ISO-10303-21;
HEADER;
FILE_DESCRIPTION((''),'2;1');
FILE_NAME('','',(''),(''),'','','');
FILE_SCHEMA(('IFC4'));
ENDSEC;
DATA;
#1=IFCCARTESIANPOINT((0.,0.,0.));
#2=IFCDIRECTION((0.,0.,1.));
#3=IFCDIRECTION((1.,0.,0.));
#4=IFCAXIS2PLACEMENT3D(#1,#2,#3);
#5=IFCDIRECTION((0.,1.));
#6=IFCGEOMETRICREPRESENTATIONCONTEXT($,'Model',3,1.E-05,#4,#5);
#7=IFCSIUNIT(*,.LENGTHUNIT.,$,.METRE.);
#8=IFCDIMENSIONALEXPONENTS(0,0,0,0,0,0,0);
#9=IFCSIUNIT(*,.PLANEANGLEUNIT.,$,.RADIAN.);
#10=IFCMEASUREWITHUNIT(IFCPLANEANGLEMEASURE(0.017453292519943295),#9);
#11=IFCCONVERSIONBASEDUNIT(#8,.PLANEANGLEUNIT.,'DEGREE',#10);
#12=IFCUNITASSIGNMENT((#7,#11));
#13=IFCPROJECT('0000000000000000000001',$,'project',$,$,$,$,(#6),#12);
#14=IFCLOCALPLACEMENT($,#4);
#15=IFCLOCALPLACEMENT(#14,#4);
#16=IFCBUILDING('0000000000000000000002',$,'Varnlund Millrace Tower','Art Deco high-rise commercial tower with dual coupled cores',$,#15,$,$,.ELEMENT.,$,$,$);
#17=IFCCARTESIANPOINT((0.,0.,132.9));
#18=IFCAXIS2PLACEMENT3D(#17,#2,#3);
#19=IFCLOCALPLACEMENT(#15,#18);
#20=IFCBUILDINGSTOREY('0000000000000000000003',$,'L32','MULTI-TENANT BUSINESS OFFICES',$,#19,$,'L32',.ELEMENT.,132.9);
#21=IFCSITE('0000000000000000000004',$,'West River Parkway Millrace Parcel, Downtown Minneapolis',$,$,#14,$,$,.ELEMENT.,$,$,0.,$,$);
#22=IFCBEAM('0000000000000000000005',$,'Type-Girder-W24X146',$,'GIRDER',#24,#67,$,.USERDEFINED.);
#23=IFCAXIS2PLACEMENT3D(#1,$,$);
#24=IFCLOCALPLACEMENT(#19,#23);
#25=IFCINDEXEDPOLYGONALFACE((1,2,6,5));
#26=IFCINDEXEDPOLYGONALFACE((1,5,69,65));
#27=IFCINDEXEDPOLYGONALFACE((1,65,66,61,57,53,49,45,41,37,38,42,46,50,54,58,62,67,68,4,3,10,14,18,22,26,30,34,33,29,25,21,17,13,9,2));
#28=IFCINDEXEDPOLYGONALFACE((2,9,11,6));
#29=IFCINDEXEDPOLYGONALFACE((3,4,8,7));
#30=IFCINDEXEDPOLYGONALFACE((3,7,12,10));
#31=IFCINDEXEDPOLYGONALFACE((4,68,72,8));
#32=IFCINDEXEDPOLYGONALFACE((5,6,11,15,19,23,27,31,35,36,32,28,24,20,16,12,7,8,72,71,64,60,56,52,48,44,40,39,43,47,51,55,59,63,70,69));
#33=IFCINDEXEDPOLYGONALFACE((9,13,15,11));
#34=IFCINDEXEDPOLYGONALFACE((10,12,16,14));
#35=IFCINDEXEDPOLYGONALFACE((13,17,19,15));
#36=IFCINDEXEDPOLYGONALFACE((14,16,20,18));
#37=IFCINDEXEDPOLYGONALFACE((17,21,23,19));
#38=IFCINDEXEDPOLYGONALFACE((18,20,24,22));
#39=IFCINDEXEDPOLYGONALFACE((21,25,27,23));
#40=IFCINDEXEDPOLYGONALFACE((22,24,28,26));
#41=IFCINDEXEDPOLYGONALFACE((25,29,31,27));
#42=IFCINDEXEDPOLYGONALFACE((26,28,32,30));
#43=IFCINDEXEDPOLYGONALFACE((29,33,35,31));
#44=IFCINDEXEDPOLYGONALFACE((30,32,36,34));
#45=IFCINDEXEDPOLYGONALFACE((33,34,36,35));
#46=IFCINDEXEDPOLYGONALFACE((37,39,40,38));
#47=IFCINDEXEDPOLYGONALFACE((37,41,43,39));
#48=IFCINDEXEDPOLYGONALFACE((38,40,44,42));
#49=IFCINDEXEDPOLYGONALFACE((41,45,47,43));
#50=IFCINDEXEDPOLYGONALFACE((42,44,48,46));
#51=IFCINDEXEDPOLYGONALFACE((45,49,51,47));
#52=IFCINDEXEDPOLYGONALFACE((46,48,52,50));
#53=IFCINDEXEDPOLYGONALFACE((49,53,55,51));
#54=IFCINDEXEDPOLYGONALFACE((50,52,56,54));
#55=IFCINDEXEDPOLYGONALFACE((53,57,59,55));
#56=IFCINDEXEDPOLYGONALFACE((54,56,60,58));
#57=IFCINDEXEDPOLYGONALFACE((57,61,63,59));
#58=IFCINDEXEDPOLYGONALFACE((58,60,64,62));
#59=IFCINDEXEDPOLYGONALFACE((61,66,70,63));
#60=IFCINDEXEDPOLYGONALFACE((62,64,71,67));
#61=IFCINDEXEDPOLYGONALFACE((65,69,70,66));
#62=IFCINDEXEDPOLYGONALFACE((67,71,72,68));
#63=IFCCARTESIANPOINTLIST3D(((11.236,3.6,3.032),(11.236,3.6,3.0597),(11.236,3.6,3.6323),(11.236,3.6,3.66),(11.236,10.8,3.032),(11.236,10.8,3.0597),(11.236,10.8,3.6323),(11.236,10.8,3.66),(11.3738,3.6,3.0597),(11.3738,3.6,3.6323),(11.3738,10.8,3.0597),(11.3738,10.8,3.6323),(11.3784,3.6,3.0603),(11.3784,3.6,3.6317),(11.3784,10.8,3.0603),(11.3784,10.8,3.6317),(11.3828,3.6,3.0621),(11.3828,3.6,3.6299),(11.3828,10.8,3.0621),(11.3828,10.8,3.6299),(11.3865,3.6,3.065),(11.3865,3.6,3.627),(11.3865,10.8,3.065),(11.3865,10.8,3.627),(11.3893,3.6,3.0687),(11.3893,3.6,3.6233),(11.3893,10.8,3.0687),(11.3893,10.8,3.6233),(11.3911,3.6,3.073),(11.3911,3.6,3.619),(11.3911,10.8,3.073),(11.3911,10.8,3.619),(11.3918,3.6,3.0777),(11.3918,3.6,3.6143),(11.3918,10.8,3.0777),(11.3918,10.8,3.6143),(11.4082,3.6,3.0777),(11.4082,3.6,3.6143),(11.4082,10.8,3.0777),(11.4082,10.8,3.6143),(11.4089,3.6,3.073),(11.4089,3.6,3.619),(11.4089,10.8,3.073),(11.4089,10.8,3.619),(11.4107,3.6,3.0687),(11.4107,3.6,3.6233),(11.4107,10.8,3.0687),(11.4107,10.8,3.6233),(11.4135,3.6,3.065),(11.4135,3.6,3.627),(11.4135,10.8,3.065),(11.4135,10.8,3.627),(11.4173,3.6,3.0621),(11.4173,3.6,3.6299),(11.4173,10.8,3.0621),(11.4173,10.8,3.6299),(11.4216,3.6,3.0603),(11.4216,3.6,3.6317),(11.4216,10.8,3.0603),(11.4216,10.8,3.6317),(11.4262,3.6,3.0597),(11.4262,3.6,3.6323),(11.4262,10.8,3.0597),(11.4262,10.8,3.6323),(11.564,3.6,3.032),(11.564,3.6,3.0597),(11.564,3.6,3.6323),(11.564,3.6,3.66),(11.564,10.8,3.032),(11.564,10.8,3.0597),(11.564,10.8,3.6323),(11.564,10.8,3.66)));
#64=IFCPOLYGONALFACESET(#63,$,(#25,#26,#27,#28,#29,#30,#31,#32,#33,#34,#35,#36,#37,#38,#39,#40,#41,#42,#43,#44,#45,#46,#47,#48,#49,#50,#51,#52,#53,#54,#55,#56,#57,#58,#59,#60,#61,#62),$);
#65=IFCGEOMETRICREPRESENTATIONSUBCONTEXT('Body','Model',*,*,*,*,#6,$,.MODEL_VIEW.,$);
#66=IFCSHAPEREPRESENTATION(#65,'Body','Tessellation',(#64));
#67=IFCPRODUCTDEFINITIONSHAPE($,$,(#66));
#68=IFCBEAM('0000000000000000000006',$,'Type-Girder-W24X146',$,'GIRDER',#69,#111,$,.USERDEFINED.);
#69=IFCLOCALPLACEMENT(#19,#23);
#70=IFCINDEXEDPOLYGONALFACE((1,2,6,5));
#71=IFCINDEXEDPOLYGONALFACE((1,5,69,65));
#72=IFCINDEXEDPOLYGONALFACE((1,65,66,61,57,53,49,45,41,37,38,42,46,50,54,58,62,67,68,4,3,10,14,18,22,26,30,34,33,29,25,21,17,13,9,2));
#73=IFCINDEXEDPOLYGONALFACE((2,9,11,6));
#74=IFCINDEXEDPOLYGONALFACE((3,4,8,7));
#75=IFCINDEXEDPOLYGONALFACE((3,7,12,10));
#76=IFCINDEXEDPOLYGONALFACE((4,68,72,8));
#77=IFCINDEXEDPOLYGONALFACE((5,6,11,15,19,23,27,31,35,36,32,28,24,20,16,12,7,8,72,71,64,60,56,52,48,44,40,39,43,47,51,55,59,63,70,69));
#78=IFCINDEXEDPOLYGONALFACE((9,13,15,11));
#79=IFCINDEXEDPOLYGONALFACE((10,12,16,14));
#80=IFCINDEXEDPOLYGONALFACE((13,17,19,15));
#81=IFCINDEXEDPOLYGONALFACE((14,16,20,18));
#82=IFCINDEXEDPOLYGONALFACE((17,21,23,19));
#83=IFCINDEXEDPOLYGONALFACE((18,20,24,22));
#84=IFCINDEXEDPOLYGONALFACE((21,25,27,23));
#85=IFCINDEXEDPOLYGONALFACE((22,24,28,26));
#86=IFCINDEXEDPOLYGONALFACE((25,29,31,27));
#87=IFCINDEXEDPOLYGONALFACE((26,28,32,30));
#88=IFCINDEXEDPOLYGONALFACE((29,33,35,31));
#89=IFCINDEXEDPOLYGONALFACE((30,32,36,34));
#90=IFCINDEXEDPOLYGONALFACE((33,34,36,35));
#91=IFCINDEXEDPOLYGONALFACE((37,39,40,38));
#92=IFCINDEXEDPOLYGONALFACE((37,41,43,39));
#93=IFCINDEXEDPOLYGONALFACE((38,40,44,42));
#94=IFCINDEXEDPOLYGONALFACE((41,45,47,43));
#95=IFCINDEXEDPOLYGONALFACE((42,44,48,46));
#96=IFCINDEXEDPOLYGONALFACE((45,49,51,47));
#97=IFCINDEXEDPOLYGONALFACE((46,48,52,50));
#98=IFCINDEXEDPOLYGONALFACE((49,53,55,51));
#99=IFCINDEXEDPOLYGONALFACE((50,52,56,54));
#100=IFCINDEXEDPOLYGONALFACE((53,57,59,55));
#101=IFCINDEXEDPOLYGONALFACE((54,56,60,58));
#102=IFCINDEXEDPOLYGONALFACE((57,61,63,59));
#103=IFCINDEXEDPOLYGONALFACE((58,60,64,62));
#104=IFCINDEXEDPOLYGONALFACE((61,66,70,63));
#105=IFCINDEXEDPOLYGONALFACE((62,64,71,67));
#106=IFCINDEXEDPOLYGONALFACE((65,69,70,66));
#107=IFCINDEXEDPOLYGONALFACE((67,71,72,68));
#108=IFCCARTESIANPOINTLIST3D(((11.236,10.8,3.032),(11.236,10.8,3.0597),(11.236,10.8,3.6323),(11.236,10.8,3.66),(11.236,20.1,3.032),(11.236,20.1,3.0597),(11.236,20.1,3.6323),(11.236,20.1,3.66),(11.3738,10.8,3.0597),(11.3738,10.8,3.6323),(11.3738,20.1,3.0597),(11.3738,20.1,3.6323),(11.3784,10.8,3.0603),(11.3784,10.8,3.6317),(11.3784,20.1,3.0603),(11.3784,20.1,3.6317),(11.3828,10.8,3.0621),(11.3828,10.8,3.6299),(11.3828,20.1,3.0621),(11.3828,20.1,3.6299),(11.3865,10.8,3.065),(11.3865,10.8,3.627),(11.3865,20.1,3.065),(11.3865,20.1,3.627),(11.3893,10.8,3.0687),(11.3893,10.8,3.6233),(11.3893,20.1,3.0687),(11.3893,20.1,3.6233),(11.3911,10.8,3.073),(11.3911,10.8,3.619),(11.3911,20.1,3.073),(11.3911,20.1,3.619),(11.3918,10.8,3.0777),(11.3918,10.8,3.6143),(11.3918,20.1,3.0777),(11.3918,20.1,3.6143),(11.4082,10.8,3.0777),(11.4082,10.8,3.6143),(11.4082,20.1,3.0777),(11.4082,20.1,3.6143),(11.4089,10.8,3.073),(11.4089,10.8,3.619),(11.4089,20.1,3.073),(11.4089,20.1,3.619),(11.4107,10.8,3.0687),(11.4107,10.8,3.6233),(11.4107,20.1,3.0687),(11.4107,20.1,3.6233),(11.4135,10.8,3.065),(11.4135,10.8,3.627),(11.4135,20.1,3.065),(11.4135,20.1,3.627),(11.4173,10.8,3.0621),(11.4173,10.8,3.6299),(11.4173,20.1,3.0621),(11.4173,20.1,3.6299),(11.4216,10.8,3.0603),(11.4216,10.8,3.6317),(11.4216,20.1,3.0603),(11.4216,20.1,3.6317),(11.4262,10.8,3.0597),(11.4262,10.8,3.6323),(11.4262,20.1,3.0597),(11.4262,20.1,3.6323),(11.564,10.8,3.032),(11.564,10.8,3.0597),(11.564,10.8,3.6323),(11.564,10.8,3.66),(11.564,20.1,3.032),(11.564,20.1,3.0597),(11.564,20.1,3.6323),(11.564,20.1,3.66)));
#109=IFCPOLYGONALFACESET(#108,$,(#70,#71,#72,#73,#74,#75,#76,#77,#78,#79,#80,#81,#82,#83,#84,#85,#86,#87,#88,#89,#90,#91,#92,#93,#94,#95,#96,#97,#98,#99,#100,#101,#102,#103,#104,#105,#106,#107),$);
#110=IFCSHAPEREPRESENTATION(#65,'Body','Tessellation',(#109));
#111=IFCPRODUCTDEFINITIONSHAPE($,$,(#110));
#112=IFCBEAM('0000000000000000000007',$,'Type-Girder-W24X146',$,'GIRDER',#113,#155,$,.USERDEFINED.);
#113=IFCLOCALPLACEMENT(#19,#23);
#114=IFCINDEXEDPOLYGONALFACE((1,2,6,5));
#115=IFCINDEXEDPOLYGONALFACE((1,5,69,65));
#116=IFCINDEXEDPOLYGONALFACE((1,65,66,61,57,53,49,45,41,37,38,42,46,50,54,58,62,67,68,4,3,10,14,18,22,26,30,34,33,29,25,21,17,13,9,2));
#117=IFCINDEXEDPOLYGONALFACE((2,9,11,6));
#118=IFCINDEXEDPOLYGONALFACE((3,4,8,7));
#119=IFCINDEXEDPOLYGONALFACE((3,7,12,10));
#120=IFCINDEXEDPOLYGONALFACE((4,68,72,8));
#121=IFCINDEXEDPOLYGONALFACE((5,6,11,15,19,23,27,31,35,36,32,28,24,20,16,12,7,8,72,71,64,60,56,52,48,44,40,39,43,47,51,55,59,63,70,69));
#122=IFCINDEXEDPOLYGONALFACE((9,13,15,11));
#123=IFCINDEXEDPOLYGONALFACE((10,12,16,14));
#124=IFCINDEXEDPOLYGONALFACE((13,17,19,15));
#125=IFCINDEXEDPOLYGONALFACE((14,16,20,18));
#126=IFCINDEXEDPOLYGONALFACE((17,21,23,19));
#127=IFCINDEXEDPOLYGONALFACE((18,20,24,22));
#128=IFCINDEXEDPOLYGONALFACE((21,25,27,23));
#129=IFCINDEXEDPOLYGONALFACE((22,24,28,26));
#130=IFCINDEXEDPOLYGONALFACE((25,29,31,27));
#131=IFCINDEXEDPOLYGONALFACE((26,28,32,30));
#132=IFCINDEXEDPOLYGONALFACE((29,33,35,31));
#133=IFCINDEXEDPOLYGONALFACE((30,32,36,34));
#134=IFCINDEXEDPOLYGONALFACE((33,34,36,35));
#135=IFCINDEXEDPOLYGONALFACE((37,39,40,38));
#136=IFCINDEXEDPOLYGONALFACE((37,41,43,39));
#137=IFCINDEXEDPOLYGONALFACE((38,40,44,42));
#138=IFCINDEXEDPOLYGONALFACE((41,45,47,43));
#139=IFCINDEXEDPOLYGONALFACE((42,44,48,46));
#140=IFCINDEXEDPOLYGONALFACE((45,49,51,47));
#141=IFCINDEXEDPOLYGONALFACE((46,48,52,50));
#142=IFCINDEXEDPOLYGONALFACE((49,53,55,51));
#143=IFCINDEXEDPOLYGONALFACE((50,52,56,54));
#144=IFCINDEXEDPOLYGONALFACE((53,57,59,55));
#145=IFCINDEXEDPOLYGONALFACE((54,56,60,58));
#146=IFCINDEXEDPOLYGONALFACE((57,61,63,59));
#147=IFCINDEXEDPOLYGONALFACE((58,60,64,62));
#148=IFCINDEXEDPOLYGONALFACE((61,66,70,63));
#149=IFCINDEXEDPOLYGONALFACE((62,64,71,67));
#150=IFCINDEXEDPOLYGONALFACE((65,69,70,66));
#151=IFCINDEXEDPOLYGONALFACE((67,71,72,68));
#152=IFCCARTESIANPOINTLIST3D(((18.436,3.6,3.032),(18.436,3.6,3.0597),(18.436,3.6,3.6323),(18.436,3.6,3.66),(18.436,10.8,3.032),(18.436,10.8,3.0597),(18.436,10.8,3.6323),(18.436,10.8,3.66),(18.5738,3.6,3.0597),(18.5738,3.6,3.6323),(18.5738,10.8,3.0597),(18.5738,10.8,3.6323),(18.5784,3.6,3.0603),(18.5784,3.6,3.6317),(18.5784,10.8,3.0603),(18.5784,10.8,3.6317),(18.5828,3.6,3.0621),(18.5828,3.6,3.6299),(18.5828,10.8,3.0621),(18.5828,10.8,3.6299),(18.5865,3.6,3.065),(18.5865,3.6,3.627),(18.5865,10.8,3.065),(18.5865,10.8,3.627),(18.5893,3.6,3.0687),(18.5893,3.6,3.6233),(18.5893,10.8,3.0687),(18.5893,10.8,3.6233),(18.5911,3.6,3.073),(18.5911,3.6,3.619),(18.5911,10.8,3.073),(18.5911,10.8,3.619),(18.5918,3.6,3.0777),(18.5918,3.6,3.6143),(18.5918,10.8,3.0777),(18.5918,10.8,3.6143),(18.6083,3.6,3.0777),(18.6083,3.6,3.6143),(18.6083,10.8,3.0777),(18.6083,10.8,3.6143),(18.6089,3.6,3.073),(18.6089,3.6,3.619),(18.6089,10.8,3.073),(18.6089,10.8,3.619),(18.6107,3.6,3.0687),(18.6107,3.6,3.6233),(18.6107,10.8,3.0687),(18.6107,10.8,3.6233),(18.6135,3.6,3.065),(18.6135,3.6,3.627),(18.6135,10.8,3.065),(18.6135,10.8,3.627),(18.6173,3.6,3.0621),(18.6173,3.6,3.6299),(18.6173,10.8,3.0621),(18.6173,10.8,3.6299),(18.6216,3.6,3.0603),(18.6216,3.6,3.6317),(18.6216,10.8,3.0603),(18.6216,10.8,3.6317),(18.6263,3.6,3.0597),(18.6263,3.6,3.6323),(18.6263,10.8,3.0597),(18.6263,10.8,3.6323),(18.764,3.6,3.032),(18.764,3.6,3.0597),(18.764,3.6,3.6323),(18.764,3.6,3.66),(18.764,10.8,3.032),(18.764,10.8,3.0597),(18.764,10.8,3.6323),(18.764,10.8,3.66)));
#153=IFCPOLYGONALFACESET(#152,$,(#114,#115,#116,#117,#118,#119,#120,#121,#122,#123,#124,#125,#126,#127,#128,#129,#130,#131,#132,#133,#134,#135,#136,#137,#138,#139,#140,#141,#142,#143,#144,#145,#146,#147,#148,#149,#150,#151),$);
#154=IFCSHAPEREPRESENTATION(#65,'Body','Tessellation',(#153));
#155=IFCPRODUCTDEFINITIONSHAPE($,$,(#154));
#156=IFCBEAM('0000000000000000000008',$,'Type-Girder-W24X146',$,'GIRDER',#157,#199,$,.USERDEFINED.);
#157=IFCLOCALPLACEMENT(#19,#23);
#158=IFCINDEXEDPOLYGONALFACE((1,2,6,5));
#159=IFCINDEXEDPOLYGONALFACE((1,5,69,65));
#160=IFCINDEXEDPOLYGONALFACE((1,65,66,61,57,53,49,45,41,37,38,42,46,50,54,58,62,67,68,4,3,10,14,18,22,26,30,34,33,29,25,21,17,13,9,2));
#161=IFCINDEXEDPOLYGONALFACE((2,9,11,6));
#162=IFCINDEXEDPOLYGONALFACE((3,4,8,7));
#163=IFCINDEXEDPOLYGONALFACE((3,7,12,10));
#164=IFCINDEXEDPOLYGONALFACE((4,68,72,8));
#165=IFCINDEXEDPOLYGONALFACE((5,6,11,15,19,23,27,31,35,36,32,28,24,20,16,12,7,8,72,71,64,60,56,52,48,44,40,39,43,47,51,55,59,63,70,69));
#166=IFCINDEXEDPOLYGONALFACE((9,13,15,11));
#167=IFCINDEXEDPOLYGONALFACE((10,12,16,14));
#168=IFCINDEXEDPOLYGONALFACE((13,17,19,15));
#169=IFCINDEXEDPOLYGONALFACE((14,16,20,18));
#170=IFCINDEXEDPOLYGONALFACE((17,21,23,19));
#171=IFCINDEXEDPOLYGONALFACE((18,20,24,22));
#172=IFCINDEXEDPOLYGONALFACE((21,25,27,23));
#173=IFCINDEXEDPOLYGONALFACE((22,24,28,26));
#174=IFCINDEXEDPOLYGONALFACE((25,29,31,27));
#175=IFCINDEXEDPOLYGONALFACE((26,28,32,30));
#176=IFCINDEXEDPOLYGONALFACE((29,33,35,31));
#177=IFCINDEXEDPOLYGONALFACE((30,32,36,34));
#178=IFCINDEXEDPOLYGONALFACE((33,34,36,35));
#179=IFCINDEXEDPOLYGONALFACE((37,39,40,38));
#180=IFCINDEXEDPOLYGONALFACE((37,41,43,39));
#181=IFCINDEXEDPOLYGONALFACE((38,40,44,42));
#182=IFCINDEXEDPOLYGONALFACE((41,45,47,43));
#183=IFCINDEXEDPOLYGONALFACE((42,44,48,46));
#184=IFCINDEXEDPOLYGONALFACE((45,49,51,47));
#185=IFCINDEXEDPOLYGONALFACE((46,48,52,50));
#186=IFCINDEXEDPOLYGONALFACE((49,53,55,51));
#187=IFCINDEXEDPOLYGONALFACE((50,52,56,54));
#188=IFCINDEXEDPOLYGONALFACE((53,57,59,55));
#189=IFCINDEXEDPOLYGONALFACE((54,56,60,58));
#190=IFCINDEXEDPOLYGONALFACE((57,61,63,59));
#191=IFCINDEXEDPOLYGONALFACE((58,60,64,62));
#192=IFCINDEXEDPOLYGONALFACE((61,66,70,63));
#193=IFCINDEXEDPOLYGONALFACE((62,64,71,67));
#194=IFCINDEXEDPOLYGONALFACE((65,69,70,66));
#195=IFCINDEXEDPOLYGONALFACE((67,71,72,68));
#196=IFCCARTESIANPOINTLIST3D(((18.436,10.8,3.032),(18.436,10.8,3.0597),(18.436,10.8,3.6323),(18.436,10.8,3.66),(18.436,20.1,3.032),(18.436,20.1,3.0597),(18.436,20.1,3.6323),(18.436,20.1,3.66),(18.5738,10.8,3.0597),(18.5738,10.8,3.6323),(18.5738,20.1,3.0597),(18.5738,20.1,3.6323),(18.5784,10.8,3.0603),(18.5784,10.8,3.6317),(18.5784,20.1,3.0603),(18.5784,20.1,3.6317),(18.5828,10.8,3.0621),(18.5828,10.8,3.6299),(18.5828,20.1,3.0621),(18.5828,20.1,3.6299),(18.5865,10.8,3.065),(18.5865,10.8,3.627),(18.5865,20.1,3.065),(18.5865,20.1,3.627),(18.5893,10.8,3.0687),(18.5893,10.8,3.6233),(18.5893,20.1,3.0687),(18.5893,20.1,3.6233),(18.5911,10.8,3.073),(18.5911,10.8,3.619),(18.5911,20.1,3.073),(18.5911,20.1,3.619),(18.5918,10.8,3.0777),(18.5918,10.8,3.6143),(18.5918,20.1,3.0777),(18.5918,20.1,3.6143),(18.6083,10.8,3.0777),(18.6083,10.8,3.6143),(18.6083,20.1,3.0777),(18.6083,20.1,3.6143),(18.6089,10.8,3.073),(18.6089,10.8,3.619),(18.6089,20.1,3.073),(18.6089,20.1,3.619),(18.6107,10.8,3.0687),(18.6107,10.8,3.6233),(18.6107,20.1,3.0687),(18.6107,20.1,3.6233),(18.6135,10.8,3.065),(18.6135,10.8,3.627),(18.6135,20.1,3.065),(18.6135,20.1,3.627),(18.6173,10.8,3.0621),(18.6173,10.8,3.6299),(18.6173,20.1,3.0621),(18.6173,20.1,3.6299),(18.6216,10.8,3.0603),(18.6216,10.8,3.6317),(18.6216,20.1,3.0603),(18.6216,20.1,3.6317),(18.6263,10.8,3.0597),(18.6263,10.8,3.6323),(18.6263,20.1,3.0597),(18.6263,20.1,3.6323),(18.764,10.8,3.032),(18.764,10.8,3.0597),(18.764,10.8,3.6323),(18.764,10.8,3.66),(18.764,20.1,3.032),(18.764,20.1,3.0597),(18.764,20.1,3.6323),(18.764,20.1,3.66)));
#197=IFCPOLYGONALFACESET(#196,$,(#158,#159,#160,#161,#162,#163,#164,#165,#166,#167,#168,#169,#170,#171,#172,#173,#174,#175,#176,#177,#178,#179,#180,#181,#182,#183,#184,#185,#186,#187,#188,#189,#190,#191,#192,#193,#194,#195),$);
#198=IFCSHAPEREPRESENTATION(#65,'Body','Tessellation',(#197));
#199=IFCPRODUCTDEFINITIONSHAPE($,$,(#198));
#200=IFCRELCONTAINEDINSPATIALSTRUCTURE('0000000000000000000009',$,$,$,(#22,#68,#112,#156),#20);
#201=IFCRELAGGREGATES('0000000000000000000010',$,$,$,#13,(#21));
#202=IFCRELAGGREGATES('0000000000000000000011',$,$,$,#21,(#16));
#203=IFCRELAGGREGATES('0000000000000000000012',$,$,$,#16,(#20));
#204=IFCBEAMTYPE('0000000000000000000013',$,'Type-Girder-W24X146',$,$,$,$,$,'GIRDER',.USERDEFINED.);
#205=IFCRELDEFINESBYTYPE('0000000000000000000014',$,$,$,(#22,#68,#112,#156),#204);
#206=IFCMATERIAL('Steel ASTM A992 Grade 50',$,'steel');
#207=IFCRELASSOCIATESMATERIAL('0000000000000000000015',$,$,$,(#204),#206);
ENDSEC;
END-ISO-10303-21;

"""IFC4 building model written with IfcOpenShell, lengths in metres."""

from ifc_helpers import new_model, entity, si_unit, converted_unit, direction, frame, origin_with_axes, origin_2d_with_axis, place, context, subcontext, project, spatial, i_section, extrude, material, material_profile, profile_set, type_object, element, save


model = new_model("IFC4")

# Units and contexts
model_context = context("Model", 3, precision=1e-05, world=origin_with_axes(), true_north=direction((0.0, 1.0)))
body_context = subcontext(model_context, "Body", "Model", "MODEL_VIEW")
ifc_project = project(units=[si_unit("LENGTHUNIT", "METRE"), converted_unit("PLANEANGLEUNIT", "DEGREE", entity("IfcPlaneAngleMeasure", 0.017453292519943295), si_unit("PLANEANGLEUNIT", "RADIAN"), dimensions=[0, 0, 0, 0, 0, 0, 0])], contexts=[model_context])

# Site, building, storey
site_placement = place(None, origin_with_axes())
site = spatial("IfcSite", under=ifc_project, at=site_placement, Name="West River Parkway Millrace Parcel, Downtown Minneapolis", CompositionType="ELEMENT", RefElevation=0.0)
building_placement = place(site_placement, origin_with_axes())
building = spatial("IfcBuilding", under=site, at=building_placement, Name="Varnlund Millrace Tower", Description="Art Deco high-rise commercial tower with dual coupled cores", CompositionType="ELEMENT")
storey_placement = place(building_placement, frame((0.0, 0.0, 132.9), z_axis=(0.0, 0.0, 1.0), x_axis=(1.0, 0.0, 0.0)))
storey = spatial("IfcBuildingStorey", under=building, at=storey_placement, Name="L32", Description="MULTI-TENANT BUSINESS OFFICES", LongName="L32", CompositionType="ELEMENT", Elevation=132.9)

# Beams
ifc_material_1 = material(Name="Steel ASTM A992 Grade 50", Category="steel")
ifc_material_profile_1 = material_profile(ifc_material_1, i_section(OverallWidth=0.328, OverallDepth=0.628, WebThickness=0.0165, FlangeThickness=0.0277, FilletRadius=0.018, at=origin_2d_with_axis()), Name="Steel ASTM A992 Grade 50")
ifc_profile_set_1 = profile_set([ifc_material_profile_1], Name="Steel ASTM A992 Grade 50")
beam_type_1 = type_object("IfcBeamType", Name="Type-Girder-W24X146", ElementType="GIRDER", PredefinedType="USERDEFINED", material=ifc_profile_set_1)
beam_1_placement = place(storey_placement, frame((11.4, 3.6, 3.346), z_axis=(0.0, 1.0, 0.0), x_axis=(-1.0, 0.0, 0.0)))
element("IfcBeam", 1, at=beam_1_placement, inside=storey, type_object=beam_type_1, Name="Type-Girder-W24X146", ObjectType="GIRDER", PredefinedType="USERDEFINED", context=body_context, shape_type="SweptSolid", body=[
    extrude(i_section(OverallWidth=0.328, OverallDepth=0.628, WebThickness=0.0165, FlangeThickness=0.0277, FilletRadius=0.018, at=origin_2d_with_axis()), origin_with_axes(), (0.0, 0.0, 1.0), 7.2),
])
beam_2_placement = place(storey_placement, frame((11.4, 10.8, 3.346), z_axis=(0.0, 1.0, 0.0), x_axis=(-1.0, 0.0, 0.0)))
element("IfcBeam", 2, at=beam_2_placement, inside=storey, type_object=beam_type_1, Name="Type-Girder-W24X146", ObjectType="GIRDER", PredefinedType="USERDEFINED", context=body_context, shape_type="SweptSolid", body=[
    extrude(i_section(OverallWidth=0.328, OverallDepth=0.628, WebThickness=0.0165, FlangeThickness=0.0277, FilletRadius=0.018, at=origin_2d_with_axis()), origin_with_axes(), (0.0, 0.0, 1.0), 9.3),
])
beam_3_placement = place(storey_placement, frame((18.6, 3.6, 3.346), z_axis=(0.0, 1.0, 0.0), x_axis=(-1.0, 0.0, 0.0)))
element("IfcBeam", 3, at=beam_3_placement, inside=storey, type_object=beam_type_1, Name="Type-Girder-W24X146", ObjectType="GIRDER", PredefinedType="USERDEFINED", context=body_context, shape_type="SweptSolid", body=[
    extrude(i_section(OverallWidth=0.328, OverallDepth=0.628, WebThickness=0.0165, FlangeThickness=0.0277, FilletRadius=0.018, at=origin_2d_with_axis()), origin_with_axes(), (0.0, 0.0, 1.0), 7.2),
])
beam_4_placement = place(storey_placement, frame((18.6, 10.8, 3.346), z_axis=(0.0, 1.0, 0.0), x_axis=(-1.0, 0.0, 0.0)))
element("IfcBeam", 4, at=beam_4_placement, inside=storey, type_object=beam_type_1, Name="Type-Girder-W24X146", ObjectType="GIRDER", PredefinedType="USERDEFINED", context=body_context, shape_type="SweptSolid", body=[
    extrude(i_section(OverallWidth=0.328, OverallDepth=0.628, WebThickness=0.0165, FlangeThickness=0.0277, FilletRadius=0.018, at=origin_2d_with_axis()), origin_with_axes(), (0.0, 0.0, 1.0), 9.3),
])

save(model, "model.ifc")
